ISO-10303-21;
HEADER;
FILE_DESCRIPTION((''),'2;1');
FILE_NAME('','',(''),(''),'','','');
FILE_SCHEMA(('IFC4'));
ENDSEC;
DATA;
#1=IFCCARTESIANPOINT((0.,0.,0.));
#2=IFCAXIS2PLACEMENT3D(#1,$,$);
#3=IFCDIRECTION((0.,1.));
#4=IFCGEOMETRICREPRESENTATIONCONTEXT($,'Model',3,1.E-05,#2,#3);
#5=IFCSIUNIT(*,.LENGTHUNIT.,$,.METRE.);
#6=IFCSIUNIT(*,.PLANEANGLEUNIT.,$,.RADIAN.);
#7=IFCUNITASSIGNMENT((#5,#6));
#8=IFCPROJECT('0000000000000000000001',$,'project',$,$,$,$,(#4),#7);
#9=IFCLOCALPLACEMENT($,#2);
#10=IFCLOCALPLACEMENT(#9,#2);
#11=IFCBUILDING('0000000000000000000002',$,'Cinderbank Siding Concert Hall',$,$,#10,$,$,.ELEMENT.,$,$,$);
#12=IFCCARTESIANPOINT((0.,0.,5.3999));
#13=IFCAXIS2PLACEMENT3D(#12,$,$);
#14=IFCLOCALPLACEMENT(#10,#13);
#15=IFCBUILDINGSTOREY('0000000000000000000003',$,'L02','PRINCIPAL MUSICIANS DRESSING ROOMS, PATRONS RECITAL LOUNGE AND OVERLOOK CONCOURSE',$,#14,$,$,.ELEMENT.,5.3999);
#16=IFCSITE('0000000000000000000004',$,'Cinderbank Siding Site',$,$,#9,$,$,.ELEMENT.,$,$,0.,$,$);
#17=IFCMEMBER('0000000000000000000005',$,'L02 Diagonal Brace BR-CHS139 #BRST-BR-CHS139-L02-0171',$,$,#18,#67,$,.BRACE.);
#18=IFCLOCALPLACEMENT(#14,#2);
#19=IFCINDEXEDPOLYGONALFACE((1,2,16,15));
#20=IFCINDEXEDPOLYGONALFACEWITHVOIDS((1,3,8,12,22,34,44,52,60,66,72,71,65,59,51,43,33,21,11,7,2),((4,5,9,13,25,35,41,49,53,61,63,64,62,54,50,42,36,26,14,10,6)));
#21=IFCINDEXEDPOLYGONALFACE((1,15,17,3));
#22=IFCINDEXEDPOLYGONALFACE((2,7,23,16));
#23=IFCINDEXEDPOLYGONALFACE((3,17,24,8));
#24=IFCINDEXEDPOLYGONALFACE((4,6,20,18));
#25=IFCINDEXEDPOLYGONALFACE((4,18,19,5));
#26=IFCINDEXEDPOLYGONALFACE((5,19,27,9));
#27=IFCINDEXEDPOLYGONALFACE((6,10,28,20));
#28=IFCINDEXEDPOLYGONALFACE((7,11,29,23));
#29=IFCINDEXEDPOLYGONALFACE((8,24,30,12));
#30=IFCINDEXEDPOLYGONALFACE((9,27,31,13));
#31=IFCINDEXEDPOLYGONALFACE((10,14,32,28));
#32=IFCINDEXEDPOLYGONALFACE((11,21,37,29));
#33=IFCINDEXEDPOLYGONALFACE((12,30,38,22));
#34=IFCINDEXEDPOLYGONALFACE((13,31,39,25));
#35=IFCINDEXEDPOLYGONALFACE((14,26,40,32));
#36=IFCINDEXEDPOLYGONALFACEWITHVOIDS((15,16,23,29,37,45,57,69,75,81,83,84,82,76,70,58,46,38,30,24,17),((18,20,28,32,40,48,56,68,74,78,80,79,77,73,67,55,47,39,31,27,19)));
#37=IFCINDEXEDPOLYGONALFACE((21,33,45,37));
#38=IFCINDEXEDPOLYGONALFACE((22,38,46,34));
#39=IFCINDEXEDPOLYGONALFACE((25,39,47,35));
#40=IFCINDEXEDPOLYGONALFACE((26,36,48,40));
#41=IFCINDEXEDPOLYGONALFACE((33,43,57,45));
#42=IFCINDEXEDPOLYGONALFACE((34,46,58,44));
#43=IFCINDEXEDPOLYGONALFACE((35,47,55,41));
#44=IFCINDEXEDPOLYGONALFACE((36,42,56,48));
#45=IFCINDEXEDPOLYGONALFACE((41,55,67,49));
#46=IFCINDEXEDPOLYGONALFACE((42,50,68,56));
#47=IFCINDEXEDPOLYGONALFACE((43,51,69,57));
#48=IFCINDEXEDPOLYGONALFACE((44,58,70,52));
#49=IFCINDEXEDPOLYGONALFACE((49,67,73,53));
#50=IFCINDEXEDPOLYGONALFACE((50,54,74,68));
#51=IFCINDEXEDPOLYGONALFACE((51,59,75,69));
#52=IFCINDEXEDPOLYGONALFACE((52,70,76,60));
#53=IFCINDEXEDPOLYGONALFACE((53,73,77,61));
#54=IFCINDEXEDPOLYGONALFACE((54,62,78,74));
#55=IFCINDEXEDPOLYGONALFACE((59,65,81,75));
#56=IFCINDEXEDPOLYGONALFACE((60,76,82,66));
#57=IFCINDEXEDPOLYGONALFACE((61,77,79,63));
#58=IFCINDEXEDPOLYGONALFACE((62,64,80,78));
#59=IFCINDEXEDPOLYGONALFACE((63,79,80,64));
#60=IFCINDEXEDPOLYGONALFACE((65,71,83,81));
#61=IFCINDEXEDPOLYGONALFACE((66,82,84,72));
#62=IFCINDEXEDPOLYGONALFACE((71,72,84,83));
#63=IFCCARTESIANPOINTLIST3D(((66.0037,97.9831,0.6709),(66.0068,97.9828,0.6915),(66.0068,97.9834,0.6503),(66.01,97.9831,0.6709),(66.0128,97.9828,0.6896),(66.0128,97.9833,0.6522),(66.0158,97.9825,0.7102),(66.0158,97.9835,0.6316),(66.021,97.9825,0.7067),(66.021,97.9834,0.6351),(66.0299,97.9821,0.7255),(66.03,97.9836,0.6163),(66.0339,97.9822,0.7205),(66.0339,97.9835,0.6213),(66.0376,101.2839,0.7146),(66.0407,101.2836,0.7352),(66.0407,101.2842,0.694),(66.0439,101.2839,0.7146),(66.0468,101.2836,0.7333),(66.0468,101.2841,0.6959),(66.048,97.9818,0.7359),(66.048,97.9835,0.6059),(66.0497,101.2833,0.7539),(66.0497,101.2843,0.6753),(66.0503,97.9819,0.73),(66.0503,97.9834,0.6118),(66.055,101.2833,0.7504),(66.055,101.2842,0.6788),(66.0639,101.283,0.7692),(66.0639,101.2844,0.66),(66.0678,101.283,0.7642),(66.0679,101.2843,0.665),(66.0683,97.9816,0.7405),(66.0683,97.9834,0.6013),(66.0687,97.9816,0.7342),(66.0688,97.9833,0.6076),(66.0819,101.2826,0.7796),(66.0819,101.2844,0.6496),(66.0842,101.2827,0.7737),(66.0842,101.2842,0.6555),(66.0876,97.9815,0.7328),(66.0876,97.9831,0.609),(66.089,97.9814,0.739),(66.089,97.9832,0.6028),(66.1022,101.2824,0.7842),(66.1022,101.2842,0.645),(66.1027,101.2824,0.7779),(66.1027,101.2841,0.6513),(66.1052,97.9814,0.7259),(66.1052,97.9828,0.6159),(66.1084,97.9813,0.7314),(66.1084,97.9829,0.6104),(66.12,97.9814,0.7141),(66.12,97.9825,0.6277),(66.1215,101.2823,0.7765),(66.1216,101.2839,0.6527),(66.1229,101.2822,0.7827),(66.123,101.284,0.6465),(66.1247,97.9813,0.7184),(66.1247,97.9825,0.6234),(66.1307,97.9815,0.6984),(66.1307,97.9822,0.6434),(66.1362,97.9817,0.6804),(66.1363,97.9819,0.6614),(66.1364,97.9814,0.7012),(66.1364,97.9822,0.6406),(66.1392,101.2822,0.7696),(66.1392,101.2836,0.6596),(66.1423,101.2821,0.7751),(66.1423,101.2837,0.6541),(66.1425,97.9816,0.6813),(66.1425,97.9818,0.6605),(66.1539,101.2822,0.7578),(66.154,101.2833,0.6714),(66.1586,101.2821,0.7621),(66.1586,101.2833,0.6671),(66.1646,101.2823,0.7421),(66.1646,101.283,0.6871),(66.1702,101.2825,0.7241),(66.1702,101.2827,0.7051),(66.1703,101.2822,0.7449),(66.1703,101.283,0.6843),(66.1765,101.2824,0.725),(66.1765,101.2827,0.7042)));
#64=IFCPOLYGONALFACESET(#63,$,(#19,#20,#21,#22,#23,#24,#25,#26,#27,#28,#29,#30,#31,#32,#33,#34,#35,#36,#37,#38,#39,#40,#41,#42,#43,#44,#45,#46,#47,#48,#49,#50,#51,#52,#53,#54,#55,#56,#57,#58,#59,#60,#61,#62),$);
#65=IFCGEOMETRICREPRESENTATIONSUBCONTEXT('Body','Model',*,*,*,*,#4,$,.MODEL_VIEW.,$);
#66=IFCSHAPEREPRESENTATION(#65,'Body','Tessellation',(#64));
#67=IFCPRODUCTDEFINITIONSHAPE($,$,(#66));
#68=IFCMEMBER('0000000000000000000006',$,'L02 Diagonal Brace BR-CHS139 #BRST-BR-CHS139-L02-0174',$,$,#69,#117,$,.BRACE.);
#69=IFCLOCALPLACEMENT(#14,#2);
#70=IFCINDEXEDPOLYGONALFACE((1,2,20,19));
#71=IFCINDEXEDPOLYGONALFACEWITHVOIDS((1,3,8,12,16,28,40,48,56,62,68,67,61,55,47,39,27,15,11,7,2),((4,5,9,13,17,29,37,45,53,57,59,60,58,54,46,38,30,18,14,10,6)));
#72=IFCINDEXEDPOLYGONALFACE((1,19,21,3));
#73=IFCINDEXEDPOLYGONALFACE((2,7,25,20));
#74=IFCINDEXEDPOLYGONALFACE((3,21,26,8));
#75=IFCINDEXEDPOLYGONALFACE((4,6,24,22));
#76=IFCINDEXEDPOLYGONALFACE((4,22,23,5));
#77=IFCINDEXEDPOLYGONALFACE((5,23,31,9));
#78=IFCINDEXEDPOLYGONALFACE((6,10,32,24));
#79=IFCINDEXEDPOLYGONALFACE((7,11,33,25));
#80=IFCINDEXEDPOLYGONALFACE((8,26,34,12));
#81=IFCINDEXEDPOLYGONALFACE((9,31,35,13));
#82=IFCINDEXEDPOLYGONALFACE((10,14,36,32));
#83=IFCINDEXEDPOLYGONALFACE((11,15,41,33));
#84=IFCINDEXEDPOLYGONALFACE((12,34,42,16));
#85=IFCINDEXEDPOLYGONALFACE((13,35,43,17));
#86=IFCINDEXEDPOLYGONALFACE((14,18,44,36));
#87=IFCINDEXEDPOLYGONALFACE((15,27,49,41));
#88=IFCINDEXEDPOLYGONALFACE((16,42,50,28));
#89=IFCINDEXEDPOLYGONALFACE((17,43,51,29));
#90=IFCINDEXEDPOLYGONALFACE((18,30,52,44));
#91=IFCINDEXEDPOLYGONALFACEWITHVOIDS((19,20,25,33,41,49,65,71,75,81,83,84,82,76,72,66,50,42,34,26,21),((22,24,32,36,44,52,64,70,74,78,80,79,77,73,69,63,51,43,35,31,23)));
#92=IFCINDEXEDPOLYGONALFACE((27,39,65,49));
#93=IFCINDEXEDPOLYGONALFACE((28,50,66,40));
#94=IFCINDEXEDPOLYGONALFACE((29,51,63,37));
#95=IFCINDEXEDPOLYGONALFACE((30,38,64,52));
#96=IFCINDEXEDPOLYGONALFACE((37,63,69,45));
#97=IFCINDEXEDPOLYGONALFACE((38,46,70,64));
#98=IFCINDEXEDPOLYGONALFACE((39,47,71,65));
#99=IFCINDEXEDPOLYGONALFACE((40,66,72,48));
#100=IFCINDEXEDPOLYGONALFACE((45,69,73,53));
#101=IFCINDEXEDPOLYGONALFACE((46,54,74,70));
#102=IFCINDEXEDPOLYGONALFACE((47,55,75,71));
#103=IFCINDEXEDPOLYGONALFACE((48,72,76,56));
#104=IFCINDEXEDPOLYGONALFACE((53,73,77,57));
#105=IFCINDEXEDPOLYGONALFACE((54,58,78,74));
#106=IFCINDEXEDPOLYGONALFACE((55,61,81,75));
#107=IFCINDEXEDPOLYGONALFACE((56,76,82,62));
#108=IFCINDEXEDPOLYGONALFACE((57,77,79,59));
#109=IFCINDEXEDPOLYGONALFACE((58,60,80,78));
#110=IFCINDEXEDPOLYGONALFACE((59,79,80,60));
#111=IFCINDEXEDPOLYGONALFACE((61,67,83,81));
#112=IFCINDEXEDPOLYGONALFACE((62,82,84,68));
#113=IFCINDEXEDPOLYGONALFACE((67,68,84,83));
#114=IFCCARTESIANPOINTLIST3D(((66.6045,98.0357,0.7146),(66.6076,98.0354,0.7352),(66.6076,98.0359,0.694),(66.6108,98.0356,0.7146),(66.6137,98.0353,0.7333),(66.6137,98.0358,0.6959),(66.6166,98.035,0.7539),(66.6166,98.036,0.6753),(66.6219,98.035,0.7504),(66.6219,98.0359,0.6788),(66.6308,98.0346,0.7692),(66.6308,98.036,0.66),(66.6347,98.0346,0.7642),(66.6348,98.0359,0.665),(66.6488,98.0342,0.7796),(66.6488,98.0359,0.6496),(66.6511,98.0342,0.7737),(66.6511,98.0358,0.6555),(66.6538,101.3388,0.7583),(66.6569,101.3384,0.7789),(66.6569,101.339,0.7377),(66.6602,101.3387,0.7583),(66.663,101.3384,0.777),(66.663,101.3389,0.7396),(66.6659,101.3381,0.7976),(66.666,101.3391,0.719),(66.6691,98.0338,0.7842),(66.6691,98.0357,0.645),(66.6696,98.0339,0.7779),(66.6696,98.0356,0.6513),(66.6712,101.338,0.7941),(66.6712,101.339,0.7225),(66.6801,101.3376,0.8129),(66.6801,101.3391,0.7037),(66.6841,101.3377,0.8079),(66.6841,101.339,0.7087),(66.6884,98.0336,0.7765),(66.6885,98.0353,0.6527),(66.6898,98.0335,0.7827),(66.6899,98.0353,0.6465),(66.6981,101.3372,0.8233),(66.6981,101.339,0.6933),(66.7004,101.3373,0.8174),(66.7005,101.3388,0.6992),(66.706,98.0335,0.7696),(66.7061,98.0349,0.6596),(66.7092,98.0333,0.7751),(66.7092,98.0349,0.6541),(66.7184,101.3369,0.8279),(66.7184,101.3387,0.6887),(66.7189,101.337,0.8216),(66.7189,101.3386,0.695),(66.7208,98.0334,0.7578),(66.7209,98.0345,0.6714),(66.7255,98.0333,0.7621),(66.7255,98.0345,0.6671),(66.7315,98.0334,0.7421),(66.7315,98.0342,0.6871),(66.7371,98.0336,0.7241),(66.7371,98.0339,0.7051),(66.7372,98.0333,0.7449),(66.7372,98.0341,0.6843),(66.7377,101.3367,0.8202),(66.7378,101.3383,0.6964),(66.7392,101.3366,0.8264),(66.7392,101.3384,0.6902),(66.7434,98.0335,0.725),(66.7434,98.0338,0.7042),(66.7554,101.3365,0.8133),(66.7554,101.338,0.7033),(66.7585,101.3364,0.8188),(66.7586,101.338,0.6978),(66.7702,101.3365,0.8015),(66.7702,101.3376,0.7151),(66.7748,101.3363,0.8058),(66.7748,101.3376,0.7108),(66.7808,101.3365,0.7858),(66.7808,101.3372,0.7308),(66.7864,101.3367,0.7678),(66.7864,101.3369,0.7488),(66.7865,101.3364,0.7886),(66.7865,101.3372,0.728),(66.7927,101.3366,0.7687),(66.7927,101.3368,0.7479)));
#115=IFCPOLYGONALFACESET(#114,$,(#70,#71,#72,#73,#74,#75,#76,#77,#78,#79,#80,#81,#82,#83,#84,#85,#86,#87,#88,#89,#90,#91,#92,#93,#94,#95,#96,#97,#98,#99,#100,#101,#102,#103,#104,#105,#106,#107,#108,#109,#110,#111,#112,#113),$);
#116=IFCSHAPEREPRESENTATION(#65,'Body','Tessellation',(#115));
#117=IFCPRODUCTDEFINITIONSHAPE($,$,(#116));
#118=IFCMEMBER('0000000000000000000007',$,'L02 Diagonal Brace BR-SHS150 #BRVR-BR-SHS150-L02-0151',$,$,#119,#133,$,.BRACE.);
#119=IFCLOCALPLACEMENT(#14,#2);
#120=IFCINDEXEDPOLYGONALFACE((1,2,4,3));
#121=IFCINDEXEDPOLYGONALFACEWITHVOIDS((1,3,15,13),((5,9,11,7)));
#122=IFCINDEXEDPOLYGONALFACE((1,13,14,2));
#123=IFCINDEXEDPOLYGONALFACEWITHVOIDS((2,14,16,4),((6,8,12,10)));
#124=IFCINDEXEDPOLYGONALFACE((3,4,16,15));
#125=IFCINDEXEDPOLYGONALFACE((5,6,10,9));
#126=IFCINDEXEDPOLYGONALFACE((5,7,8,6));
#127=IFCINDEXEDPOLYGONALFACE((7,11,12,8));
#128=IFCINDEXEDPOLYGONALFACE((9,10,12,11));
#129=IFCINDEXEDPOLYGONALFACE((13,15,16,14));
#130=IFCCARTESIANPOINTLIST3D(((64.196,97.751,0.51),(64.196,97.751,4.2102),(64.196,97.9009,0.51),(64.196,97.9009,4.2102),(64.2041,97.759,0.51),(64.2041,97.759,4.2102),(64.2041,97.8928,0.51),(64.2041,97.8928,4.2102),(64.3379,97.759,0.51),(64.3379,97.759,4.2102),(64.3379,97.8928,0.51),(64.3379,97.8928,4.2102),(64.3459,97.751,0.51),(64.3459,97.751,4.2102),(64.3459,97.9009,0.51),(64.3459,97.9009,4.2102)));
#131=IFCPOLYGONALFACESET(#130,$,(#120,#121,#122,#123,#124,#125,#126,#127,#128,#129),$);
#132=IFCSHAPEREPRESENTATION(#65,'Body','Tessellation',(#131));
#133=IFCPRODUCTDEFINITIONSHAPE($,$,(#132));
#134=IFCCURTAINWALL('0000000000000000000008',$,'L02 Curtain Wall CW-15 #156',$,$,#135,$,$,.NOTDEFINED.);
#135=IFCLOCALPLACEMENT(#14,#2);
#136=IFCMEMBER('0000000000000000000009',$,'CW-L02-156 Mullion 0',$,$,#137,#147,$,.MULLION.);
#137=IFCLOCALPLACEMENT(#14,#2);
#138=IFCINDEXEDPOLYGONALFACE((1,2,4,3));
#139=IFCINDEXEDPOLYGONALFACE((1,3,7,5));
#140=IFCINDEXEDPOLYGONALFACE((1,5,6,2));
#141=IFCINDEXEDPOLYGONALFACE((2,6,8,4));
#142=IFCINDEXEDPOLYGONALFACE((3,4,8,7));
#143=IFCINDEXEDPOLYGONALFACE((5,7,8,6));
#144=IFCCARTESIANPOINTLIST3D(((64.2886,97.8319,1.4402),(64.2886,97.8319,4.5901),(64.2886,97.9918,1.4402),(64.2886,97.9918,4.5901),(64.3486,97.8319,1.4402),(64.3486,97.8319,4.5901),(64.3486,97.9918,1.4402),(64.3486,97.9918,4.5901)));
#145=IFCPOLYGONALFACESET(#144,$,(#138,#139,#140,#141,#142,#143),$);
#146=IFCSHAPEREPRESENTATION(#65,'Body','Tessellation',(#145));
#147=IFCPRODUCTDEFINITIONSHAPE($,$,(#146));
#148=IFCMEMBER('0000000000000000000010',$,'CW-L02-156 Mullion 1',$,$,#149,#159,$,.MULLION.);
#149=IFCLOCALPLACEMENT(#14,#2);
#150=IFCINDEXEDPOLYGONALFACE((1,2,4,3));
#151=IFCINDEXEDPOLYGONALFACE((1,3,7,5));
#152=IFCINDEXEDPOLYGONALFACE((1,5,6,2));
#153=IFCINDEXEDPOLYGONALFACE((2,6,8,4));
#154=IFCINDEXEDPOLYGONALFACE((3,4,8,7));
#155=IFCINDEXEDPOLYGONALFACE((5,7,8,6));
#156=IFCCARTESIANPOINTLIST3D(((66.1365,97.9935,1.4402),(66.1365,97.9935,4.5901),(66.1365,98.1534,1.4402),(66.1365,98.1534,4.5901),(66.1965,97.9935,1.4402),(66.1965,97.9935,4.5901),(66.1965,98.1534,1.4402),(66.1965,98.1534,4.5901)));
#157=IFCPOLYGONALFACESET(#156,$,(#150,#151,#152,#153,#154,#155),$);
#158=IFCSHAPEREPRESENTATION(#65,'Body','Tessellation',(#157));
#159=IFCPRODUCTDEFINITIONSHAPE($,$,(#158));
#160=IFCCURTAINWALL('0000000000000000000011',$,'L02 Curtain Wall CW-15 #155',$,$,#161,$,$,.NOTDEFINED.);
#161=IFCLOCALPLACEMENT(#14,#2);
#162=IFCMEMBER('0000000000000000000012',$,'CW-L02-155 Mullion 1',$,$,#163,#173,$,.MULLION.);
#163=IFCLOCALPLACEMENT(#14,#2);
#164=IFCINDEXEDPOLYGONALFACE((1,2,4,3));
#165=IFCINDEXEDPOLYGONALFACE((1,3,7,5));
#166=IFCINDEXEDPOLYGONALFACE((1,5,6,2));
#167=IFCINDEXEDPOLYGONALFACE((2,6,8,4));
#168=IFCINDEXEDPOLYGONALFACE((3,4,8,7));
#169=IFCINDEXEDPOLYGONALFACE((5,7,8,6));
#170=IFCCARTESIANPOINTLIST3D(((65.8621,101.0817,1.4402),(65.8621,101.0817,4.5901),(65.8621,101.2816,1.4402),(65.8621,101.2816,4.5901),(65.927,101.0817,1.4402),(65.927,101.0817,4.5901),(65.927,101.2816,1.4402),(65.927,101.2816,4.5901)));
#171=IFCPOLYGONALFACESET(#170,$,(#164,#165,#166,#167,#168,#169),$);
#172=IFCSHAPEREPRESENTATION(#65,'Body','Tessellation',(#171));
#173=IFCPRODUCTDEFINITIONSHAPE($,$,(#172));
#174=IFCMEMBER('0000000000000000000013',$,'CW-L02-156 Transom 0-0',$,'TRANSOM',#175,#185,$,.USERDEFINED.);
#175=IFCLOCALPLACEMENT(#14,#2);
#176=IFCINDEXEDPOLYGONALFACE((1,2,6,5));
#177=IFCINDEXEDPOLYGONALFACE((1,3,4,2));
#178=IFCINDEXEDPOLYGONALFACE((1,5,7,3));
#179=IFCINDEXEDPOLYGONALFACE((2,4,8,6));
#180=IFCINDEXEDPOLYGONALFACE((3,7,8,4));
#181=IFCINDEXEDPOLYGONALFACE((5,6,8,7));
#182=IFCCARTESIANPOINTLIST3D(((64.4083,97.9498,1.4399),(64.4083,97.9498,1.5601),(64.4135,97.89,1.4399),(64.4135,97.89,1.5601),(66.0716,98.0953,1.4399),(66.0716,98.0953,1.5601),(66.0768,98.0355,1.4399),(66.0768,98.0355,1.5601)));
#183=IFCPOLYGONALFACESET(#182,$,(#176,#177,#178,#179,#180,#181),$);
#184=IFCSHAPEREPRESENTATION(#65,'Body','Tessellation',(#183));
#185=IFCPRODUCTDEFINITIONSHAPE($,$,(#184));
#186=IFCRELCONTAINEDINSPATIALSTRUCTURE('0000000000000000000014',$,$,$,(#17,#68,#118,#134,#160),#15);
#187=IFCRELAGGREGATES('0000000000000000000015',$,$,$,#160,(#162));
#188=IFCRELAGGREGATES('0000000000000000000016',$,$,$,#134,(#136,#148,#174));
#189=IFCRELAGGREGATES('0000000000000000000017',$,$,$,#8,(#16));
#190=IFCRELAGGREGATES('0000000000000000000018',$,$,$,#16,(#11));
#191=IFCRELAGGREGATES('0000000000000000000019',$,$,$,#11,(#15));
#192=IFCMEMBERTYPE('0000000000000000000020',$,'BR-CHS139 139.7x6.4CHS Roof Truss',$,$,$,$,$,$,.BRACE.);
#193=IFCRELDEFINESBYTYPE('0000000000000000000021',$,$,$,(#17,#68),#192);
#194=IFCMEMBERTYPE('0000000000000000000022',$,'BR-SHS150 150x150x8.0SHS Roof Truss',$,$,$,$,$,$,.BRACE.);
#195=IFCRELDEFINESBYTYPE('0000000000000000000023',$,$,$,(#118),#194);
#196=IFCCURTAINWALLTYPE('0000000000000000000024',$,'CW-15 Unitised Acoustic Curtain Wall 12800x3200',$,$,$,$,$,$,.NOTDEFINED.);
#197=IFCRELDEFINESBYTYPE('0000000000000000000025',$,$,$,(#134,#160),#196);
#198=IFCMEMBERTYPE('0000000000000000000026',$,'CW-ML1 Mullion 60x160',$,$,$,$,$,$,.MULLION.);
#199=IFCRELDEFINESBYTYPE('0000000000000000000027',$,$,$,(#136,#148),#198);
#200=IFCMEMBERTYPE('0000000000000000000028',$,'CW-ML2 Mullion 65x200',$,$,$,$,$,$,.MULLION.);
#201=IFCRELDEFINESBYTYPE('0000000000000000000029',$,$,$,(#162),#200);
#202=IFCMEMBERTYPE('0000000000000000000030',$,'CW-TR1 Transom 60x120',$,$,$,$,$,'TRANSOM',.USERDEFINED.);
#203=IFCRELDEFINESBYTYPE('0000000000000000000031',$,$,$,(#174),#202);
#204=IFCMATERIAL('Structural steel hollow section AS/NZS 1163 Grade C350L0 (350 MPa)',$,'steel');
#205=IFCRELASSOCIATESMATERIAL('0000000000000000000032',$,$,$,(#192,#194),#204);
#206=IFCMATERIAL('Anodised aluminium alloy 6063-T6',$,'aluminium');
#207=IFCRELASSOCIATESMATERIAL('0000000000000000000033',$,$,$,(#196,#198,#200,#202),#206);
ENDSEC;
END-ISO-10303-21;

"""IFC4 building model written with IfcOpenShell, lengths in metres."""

from ifc_helpers import new_model, si_unit, direction, frame, origin, origin_2d, place, context, subcontext, project, spatial, rectangle, hollow_rectangle, hollow_circle, extrude, material, material_profile, profile_set, type_object, element, aggregate, save


model = new_model("IFC4")

# Units and contexts
model_context = context("Model", 3, precision=1e-05, world=origin(), true_north=direction((0.0, 1.0)))
body_context = subcontext(model_context, "Body", "Model", "MODEL_VIEW")
ifc_project = project(units=[si_unit("LENGTHUNIT", "METRE"), si_unit("PLANEANGLEUNIT", "RADIAN")], contexts=[model_context])

# Site, building, storey
site_placement = place(None, origin())
site = spatial("IfcSite", under=ifc_project, at=site_placement, Name="Cinderbank Siding Site", CompositionType="ELEMENT", RefElevation=0.0)
building_placement = place(site_placement, origin())
building = spatial("IfcBuilding", under=site, at=building_placement, Name="Cinderbank Siding Concert Hall", CompositionType="ELEMENT")
storey_placement = place(building_placement, frame((0.0, 0.0, 5.3999)))
storey = spatial("IfcBuildingStorey", under=building, at=storey_placement, Name="L02", Description="PRINCIPAL MUSICIANS DRESSING ROOMS, PATRONS RECITAL LOUNGE AND OVERLOOK CONCOURSE", CompositionType="ELEMENT", Elevation=5.3999)

# Shared definitions
ifc_material_1 = material(Name="Structural steel hollow section AS/NZS 1163 Grade C350L0 (350 MPa)", Category="steel")

# Members
ifc_material_profile_1 = material_profile(ifc_material_1, hollow_circle(Radius=0.0698, WallThickness=0.0063, at=origin_2d()), Name="139.7x6.4CHS", Category="LoadBearing")
ifc_profile_set_1 = profile_set([ifc_material_profile_1], Name="Structural steel hollow section AS/NZS 1163 Grade C350L0 (350 MPa)")
member_type_1 = type_object("IfcMemberType", Name="BR-CHS139 139.7x6.4CHS Roof Truss", PredefinedType="BRACE", material=ifc_profile_set_1)
member_1_placement = place(storey_placement, frame((66.0735, 97.9824, 0.6709), z_axis=(0.01028, 0.99986, 0.013238), x_axis=(-0.999947, 0.010281, 0.0)))
element("IfcMember", 1, at=member_1_placement, inside=storey, type_object=member_type_1, Name="L02 Diagonal Brace BR-CHS139 #BRST-BR-CHS139-L02-0171", PredefinedType="BRACE", context=body_context, shape_type="SweptSolid", body=[
    extrude(hollow_circle(Radius=0.0698, WallThickness=0.0063, at=origin_2d()), origin(), (0.0, 0.0, 1.0), 3.3013),
])
member_2_placement = place(storey_placement, frame((66.6743, 98.0347, 0.7146), z_axis=(0.014928, 0.999801, 0.013228), x_axis=(-0.999889, 0.014929, 0.0)))
element("IfcMember", 2, at=member_2_placement, inside=storey, type_object=member_type_1, Name="L02 Diagonal Brace BR-CHS139 #BRST-BR-CHS139-L02-0174", PredefinedType="BRACE", context=body_context, shape_type="SweptSolid", body=[
    extrude(hollow_circle(Radius=0.0698, WallThickness=0.0063, at=origin_2d()), origin(), (0.0, 0.0, 1.0), 3.3037),
])
ifc_material_profile_2 = material_profile(ifc_material_1, hollow_rectangle(XDim=0.1499, YDim=0.1499, WallThickness=0.0081, at=origin_2d()), Name="150x150x8.0SHS", Category="LoadBearing")
ifc_profile_set_2 = profile_set([ifc_material_profile_2], Name="Structural steel hollow section AS/NZS 1163 Grade C350L0 (350 MPa)")
member_type_2 = type_object("IfcMemberType", Name="BR-SHS150 150x150x8.0SHS Roof Truss", PredefinedType="BRACE", material=ifc_profile_set_2)
member_3_placement = place(storey_placement, frame((64.271, 97.8259, 0.51), z_axis=(0.0, 0.0, 1.0), x_axis=(1.0, 0.0, 0.0)))
element("IfcMember", 3, at=member_3_placement, inside=storey, type_object=member_type_2, Name="L02 Diagonal Brace BR-SHS150 #BRVR-BR-SHS150-L02-0151", PredefinedType="BRACE", context=body_context, shape_type="SweptSolid", body=[
    extrude(hollow_rectangle(XDim=0.1499, YDim=0.1499, WallThickness=0.0081, at=origin_2d()), origin(), (0.0, 0.0, 1.0), 3.7002),
])

# Curtain wall, members
ifc_material_2 = material(Name="Anodised aluminium alloy 6063-T6", Category="aluminium")
curtain_wall_type = type_object("IfcCurtainWallType", Name="CW-15 Unitised Acoustic Curtain Wall 12800x3200", PredefinedType="NOTDEFINED", material=ifc_material_2)
curtain_wall_1_placement = place(storey_placement, origin())
curtain_wall_1 = element("IfcCurtainWall", 4, at=curtain_wall_1_placement, inside=storey, type_object=curtain_wall_type, Name="L02 Curtain Wall CW-15 #156", PredefinedType="NOTDEFINED")
ifc_material_profile_3 = material_profile(ifc_material_2, rectangle(XDim=0.0601, YDim=0.1599, at=origin_2d()), Name="ALU-MULL-60x160", Category="LoadBearing")
ifc_profile_set_3 = profile_set([ifc_material_profile_3], Name="Anodised aluminium alloy 6063-T6")
member_type_3 = type_object("IfcMemberType", Name="CW-ML1 Mullion 60x160", PredefinedType="MULLION", material=ifc_profile_set_3)
member_4_placement = place(storey_placement, frame((64.3186, 97.9119, 1.4402), z_axis=(0.0, 0.0, 1.0), x_axis=(1.0, 0.0, 0.0)))
member_4 = element("IfcMember", 5, at=member_4_placement, type_object=member_type_3, Name="CW-L02-156 Mullion 0", PredefinedType="MULLION", context=body_context, shape_type="SweptSolid", body=[
    extrude(rectangle(XDim=0.0601, YDim=0.1599, at=origin_2d()), origin(), (0.0, 0.0, 1.0), 3.1499),
])
member_5_placement = place(storey_placement, frame((66.1665, 98.0735, 1.4402), z_axis=(0.0, 0.0, 1.0), x_axis=(1.0, 0.0, 0.0)))
member_5 = element("IfcMember", 6, at=member_5_placement, type_object=member_type_3, Name="CW-L02-156 Mullion 1", PredefinedType="MULLION", context=body_context, shape_type="SweptSolid", body=[
    extrude(rectangle(XDim=0.0601, YDim=0.1599, at=origin_2d()), origin(), (0.0, 0.0, 1.0), 3.1499),
])

# Curtain wall, member
curtain_wall_2_placement = place(storey_placement, origin())
curtain_wall_2 = element("IfcCurtainWall", 7, at=curtain_wall_2_placement, inside=storey, type_object=curtain_wall_type, Name="L02 Curtain Wall CW-15 #155", PredefinedType="NOTDEFINED")
ifc_material_profile_4 = material_profile(ifc_material_2, rectangle(XDim=0.0649, YDim=0.2, at=origin_2d()), Name="ALU-MULL-65x200", Category="LoadBearing")
ifc_profile_set_4 = profile_set([ifc_material_profile_4], Name="Anodised aluminium alloy 6063-T6")
member_type_4 = type_object("IfcMemberType", Name="CW-ML2 Mullion 65x200", PredefinedType="MULLION", material=ifc_profile_set_4)
member_6_placement = place(storey_placement, frame((65.8945, 101.1816, 1.4402), z_axis=(0.0, 0.0, 1.0), x_axis=(1.0, 0.0, 0.0)))
member_6 = element("IfcMember", 8, at=member_6_placement, type_object=member_type_4, Name="CW-L02-155 Mullion 1", PredefinedType="MULLION", context=body_context, shape_type="SweptSolid", body=[
    extrude(rectangle(XDim=0.0649, YDim=0.2, at=origin_2d()), origin(), (0.0, 0.0, 1.0), 3.1499),
])

# Member
ifc_material_profile_5 = material_profile(ifc_material_2, rectangle(XDim=0.0601, YDim=0.1201, at=origin_2d()), Name="ALU-TRAN-60x120", Category="LoadBearing")
ifc_profile_set_5 = profile_set([ifc_material_profile_5], Name="Anodised aluminium alloy 6063-T6")
member_type_5 = type_object("IfcMemberType", Name="CW-TR1 Transom 60x120", ElementType="TRANSOM", PredefinedType="USERDEFINED", material=ifc_profile_set_5)
member_7_placement = place(storey_placement, frame((64.4109, 97.9199, 1.5), z_axis=(0.996195, 0.087147, 0.0), x_axis=(-0.087147, 0.996195, 0.0)))
member_7 = element("IfcMember", 9, at=member_7_placement, type_object=member_type_5, Name="CW-L02-156 Transom 0-0", ObjectType="TRANSOM", PredefinedType="USERDEFINED", context=body_context, shape_type="SweptSolid", body=[
    extrude(rectangle(XDim=0.0601, YDim=0.1201, at=origin_2d()), origin(), (0.0, 0.0, 1.0), 1.6697),
])

aggregate(curtain_wall_2, [member_6])
aggregate(curtain_wall_1, [member_4, member_5, member_7])

save(model, "model.ifc")
